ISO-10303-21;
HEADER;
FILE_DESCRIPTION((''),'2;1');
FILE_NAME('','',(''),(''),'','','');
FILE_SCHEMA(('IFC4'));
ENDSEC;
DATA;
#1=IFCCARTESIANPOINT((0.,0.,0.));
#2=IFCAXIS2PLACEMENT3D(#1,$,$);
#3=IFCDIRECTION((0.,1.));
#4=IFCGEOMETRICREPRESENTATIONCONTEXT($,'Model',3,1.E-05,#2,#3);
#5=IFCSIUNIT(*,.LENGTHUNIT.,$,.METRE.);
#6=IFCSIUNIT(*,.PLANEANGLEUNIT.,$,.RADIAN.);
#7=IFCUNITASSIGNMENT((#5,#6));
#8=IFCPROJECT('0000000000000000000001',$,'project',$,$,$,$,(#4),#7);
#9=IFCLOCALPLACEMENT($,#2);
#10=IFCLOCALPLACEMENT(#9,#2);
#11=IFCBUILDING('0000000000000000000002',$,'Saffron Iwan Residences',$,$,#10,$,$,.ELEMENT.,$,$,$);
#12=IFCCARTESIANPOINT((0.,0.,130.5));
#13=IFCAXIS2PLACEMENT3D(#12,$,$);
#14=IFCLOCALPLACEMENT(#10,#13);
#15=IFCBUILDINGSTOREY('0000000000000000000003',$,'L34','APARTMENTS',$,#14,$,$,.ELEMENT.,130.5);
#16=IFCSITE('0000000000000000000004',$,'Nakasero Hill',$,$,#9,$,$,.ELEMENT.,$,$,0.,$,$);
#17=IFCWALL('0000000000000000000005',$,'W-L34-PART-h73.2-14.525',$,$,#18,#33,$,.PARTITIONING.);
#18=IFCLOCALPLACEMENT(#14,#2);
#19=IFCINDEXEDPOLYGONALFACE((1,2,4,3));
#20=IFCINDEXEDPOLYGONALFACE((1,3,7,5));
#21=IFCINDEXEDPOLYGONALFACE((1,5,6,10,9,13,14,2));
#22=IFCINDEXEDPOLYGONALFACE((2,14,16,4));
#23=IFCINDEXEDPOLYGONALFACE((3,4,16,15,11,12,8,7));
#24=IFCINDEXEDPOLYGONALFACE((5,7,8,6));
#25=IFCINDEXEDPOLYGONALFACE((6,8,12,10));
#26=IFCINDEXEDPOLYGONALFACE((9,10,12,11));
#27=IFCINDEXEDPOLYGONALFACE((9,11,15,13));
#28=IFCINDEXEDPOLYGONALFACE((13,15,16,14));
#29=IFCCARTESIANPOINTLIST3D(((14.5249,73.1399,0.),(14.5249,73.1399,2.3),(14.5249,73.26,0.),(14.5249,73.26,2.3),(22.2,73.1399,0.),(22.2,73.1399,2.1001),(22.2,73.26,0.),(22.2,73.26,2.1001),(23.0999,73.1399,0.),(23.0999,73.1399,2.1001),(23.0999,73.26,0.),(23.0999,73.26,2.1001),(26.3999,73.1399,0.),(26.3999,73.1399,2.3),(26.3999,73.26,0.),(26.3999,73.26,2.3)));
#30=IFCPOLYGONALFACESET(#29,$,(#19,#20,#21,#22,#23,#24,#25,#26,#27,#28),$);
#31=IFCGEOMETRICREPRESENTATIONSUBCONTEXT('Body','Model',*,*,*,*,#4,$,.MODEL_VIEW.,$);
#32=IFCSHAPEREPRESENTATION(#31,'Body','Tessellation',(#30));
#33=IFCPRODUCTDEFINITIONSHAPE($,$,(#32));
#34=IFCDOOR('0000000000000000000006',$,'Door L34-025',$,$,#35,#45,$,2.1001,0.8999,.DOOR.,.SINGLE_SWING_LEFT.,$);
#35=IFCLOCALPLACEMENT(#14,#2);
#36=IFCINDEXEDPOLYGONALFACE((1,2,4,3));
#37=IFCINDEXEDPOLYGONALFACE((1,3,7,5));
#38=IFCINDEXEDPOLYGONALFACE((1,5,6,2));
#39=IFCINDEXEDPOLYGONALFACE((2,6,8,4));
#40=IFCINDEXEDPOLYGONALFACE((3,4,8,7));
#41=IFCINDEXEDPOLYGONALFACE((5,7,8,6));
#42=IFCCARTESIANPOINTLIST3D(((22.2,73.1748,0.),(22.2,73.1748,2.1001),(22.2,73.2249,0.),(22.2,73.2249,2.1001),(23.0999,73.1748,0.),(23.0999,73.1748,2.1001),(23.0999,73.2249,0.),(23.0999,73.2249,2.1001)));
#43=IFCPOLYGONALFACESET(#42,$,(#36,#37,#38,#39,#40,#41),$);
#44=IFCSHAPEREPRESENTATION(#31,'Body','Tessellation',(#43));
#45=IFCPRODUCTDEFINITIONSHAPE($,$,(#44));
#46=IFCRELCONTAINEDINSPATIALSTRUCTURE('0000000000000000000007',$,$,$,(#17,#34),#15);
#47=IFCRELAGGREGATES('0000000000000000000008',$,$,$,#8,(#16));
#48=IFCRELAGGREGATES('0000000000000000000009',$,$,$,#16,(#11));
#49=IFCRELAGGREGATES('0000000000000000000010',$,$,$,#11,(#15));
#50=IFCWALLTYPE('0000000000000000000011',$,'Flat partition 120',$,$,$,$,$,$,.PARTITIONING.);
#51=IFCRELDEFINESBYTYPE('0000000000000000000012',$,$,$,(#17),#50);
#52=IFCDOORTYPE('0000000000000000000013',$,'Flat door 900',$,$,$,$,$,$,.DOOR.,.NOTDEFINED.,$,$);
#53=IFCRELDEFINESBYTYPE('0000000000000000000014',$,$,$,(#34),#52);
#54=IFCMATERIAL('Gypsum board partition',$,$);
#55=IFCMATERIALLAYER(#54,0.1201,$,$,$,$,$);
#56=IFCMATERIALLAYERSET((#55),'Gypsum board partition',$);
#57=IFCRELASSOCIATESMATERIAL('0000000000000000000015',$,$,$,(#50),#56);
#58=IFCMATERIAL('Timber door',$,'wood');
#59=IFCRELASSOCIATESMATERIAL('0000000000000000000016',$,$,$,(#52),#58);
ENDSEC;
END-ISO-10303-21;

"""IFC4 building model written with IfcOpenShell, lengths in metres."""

from ifc_helpers import new_model, si_unit, direction, frame, frame_2d, origin, place, context, subcontext, project, spatial, rectangle, extrude, material, layer, layer_set, type_object, element, fill, save


model = new_model("IFC4")

# Units and contexts
model_context = context("Model", 3, precision=1e-05, world=origin(), true_north=direction((0.0, 1.0)))
body_context = subcontext(model_context, "Body", "Model", "MODEL_VIEW")
ifc_project = project(units=[si_unit("LENGTHUNIT", "METRE"), si_unit("PLANEANGLEUNIT", "RADIAN")], contexts=[model_context])

# Site, building, storey
site_placement = place(None, origin())
site = spatial("IfcSite", under=ifc_project, at=site_placement, Name="Nakasero Hill", CompositionType="ELEMENT", RefElevation=0.0)
building_placement = place(site_placement, origin())
building = spatial("IfcBuilding", under=site, at=building_placement, Name="Saffron Iwan Residences", CompositionType="ELEMENT")
storey_placement = place(building_placement, frame((0.0, 0.0, 130.5)))
storey = spatial("IfcBuildingStorey", under=building, at=storey_placement, Name="L34", Description="APARTMENTS", CompositionType="ELEMENT", Elevation=130.5)

# Wall, opening, door
ifc_material_1 = material(Name="Gypsum board partition")
ifc_layer_1 = layer(ifc_material_1, 0.1201)
ifc_layer_set_1 = layer_set([ifc_layer_1], Name="Gypsum board partition")
wall_type_1 = type_object("IfcWallType", Name="Flat partition 120", PredefinedType="PARTITIONING", material=ifc_layer_set_1)
ifc_material_2 = material(Name="Timber door", Category="wood")
wall_1_placement = place(storey_placement, frame((14.5249, 73.2, 0.0), z_axis=(0.0, 0.0, 1.0), x_axis=(1.0, 0.0, 0.0)))
wall_1 = element("IfcWall", 1, at=wall_1_placement, inside=storey, type_object=wall_type_1, Name="W-L34-PART-h73.2-14.525", PredefinedType="PARTITIONING", context=body_context, shape_type="SweptSolid", body=[
    extrude(rectangle(XDim=11.875, YDim=0.1201, at=frame_2d((5.9375, 0.0))), origin(), (0.0, 0.0, 1.0), 2.3),
])
opening_1_placement = place(wall_1_placement, frame((7.675, 0.0, 0.0)))
opening_1 = element("IfcOpeningElement", 2, at=opening_1_placement, cuts=wall_1, PredefinedType="OPENING", context=body_context, shape_type="SweptSolid", body=[
    extrude(rectangle(XDim=0.8999, YDim=2.1001, at=frame_2d((0.45, 1.05))), frame((0.0, 0.0701, 0.0), z_axis=(0.0, -1.0, 0.0), x_axis=(1.0, 0.0, 0.0)), (0.0, 0.0, 1.0), 0.1401),
])
door_type_1 = type_object("IfcDoorType", Name="Flat door 900", OperationType="NOTDEFINED", PredefinedType="DOOR", material=ifc_material_2)
door_1_placement = place(opening_1_placement, origin())
door_1 = element("IfcDoor", 3, at=door_1_placement, inside=storey, type_object=door_type_1, Name="Door L34-025", OperationType="SINGLE_SWING_LEFT", OverallHeight=2.1001, OverallWidth=0.8999, PredefinedType="DOOR", context=body_context, shape_type="SweptSolid", body=[
    extrude(rectangle(XDim=0.8999, YDim=2.1001, at=frame_2d((0.45, 1.05))), frame((0.0, 0.0249, 0.0), z_axis=(0.0, -1.0, 0.0), x_axis=(1.0, 0.0, 0.0)), (0.0, 0.0, 1.0), 0.05),
])
fill(opening_1, door_1)

save(model, "model.ifc")
